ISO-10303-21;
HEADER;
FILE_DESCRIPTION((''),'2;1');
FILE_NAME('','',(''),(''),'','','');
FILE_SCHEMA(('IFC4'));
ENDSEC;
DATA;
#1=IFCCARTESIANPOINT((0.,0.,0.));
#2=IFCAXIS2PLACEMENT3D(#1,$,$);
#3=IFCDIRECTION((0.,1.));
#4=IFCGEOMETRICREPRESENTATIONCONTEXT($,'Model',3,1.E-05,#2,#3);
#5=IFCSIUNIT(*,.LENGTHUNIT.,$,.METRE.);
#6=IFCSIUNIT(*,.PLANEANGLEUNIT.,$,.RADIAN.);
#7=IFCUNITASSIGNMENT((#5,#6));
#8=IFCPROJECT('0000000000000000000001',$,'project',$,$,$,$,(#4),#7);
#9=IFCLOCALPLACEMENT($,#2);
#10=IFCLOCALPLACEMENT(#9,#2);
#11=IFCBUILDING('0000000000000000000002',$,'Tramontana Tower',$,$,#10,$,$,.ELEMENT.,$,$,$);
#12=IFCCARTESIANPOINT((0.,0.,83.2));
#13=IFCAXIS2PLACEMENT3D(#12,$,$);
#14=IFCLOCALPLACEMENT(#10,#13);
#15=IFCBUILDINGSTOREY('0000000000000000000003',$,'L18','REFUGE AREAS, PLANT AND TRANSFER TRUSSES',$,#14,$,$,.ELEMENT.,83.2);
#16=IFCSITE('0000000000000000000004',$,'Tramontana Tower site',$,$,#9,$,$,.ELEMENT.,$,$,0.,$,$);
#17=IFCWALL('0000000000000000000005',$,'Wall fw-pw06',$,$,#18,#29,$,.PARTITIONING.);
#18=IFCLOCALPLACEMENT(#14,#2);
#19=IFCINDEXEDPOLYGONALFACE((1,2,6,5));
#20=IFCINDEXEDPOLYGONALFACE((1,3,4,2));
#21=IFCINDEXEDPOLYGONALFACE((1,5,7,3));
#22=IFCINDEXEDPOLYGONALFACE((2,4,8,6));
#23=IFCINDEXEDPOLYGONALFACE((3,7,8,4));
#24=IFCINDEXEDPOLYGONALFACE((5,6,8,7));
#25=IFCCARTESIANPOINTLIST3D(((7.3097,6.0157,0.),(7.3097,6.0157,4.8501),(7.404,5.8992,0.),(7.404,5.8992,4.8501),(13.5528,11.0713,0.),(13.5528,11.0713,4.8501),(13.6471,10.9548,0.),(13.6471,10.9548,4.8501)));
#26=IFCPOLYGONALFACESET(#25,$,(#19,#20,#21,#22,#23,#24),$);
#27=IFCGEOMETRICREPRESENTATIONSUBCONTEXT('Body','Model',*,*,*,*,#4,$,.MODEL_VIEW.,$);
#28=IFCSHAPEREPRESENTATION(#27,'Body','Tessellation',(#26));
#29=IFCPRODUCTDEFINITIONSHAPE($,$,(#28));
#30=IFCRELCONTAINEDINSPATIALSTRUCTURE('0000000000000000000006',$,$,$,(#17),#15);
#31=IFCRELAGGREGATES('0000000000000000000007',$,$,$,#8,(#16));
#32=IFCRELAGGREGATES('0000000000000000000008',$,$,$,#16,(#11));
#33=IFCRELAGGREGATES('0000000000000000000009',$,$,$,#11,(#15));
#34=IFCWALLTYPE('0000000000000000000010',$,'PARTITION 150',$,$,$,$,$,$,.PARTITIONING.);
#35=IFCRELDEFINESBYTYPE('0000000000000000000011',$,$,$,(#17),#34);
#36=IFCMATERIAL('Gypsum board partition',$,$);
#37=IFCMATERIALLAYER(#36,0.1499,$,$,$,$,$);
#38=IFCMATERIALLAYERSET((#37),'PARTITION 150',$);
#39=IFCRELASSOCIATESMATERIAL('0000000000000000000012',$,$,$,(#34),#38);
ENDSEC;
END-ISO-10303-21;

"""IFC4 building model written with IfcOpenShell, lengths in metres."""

from ifc_helpers import new_model, si_unit, direction, frame, frame_2d, origin, place, context, subcontext, project, spatial, rectangle, extrude, material, layer, layer_set, type_object, element, save


model = new_model("IFC4")

# Units and contexts
model_context = context("Model", 3, precision=1e-05, world=origin(), true_north=direction((0.0, 1.0)))
body_context = subcontext(model_context, "Body", "Model", "MODEL_VIEW")
ifc_project = project(units=[si_unit("LENGTHUNIT", "METRE"), si_unit("PLANEANGLEUNIT", "RADIAN")], contexts=[model_context])

# Site, building, storey
site_placement = place(None, origin())
site = spatial("IfcSite", under=ifc_project, at=site_placement, Name="Tramontana Tower site", CompositionType="ELEMENT", RefElevation=0.0)
building_placement = place(site_placement, origin())
building = spatial("IfcBuilding", under=site, at=building_placement, Name="Tramontana Tower", CompositionType="ELEMENT")
storey_placement = place(building_placement, frame((0.0, 0.0, 83.2)))
storey = spatial("IfcBuildingStorey", under=building, at=storey_placement, Name="L18", Description="REFUGE AREAS, PLANT AND TRANSFER TRUSSES", CompositionType="ELEMENT", Elevation=83.2)

# Wall
ifc_material_1 = material(Name="Gypsum board partition")
ifc_layer_1 = layer(ifc_material_1, 0.1499)
ifc_layer_set_1 = layer_set([ifc_layer_1], Name="PARTITION 150")
wall_type_1 = type_object("IfcWallType", Name="PARTITION 150", PredefinedType="PARTITIONING", material=ifc_layer_set_1)
wall_1_placement = place(storey_placement, frame((7.3569, 5.9575, 0.0), z_axis=(0.0, 0.0, 1.0), x_axis=(0.777143, 0.629324, 0.0)))
element("IfcWall", 1, at=wall_1_placement, inside=storey, type_object=wall_type_1, Name="Wall fw-pw06", PredefinedType="PARTITIONING", context=body_context, shape_type="SweptSolid", body=[
    extrude(rectangle(XDim=8.0334, YDim=0.1499, at=frame_2d((4.0166, 0.0))), origin(), (0.0, 0.0, 1.0), 4.8501),
])

save(model, "model.ifc")
